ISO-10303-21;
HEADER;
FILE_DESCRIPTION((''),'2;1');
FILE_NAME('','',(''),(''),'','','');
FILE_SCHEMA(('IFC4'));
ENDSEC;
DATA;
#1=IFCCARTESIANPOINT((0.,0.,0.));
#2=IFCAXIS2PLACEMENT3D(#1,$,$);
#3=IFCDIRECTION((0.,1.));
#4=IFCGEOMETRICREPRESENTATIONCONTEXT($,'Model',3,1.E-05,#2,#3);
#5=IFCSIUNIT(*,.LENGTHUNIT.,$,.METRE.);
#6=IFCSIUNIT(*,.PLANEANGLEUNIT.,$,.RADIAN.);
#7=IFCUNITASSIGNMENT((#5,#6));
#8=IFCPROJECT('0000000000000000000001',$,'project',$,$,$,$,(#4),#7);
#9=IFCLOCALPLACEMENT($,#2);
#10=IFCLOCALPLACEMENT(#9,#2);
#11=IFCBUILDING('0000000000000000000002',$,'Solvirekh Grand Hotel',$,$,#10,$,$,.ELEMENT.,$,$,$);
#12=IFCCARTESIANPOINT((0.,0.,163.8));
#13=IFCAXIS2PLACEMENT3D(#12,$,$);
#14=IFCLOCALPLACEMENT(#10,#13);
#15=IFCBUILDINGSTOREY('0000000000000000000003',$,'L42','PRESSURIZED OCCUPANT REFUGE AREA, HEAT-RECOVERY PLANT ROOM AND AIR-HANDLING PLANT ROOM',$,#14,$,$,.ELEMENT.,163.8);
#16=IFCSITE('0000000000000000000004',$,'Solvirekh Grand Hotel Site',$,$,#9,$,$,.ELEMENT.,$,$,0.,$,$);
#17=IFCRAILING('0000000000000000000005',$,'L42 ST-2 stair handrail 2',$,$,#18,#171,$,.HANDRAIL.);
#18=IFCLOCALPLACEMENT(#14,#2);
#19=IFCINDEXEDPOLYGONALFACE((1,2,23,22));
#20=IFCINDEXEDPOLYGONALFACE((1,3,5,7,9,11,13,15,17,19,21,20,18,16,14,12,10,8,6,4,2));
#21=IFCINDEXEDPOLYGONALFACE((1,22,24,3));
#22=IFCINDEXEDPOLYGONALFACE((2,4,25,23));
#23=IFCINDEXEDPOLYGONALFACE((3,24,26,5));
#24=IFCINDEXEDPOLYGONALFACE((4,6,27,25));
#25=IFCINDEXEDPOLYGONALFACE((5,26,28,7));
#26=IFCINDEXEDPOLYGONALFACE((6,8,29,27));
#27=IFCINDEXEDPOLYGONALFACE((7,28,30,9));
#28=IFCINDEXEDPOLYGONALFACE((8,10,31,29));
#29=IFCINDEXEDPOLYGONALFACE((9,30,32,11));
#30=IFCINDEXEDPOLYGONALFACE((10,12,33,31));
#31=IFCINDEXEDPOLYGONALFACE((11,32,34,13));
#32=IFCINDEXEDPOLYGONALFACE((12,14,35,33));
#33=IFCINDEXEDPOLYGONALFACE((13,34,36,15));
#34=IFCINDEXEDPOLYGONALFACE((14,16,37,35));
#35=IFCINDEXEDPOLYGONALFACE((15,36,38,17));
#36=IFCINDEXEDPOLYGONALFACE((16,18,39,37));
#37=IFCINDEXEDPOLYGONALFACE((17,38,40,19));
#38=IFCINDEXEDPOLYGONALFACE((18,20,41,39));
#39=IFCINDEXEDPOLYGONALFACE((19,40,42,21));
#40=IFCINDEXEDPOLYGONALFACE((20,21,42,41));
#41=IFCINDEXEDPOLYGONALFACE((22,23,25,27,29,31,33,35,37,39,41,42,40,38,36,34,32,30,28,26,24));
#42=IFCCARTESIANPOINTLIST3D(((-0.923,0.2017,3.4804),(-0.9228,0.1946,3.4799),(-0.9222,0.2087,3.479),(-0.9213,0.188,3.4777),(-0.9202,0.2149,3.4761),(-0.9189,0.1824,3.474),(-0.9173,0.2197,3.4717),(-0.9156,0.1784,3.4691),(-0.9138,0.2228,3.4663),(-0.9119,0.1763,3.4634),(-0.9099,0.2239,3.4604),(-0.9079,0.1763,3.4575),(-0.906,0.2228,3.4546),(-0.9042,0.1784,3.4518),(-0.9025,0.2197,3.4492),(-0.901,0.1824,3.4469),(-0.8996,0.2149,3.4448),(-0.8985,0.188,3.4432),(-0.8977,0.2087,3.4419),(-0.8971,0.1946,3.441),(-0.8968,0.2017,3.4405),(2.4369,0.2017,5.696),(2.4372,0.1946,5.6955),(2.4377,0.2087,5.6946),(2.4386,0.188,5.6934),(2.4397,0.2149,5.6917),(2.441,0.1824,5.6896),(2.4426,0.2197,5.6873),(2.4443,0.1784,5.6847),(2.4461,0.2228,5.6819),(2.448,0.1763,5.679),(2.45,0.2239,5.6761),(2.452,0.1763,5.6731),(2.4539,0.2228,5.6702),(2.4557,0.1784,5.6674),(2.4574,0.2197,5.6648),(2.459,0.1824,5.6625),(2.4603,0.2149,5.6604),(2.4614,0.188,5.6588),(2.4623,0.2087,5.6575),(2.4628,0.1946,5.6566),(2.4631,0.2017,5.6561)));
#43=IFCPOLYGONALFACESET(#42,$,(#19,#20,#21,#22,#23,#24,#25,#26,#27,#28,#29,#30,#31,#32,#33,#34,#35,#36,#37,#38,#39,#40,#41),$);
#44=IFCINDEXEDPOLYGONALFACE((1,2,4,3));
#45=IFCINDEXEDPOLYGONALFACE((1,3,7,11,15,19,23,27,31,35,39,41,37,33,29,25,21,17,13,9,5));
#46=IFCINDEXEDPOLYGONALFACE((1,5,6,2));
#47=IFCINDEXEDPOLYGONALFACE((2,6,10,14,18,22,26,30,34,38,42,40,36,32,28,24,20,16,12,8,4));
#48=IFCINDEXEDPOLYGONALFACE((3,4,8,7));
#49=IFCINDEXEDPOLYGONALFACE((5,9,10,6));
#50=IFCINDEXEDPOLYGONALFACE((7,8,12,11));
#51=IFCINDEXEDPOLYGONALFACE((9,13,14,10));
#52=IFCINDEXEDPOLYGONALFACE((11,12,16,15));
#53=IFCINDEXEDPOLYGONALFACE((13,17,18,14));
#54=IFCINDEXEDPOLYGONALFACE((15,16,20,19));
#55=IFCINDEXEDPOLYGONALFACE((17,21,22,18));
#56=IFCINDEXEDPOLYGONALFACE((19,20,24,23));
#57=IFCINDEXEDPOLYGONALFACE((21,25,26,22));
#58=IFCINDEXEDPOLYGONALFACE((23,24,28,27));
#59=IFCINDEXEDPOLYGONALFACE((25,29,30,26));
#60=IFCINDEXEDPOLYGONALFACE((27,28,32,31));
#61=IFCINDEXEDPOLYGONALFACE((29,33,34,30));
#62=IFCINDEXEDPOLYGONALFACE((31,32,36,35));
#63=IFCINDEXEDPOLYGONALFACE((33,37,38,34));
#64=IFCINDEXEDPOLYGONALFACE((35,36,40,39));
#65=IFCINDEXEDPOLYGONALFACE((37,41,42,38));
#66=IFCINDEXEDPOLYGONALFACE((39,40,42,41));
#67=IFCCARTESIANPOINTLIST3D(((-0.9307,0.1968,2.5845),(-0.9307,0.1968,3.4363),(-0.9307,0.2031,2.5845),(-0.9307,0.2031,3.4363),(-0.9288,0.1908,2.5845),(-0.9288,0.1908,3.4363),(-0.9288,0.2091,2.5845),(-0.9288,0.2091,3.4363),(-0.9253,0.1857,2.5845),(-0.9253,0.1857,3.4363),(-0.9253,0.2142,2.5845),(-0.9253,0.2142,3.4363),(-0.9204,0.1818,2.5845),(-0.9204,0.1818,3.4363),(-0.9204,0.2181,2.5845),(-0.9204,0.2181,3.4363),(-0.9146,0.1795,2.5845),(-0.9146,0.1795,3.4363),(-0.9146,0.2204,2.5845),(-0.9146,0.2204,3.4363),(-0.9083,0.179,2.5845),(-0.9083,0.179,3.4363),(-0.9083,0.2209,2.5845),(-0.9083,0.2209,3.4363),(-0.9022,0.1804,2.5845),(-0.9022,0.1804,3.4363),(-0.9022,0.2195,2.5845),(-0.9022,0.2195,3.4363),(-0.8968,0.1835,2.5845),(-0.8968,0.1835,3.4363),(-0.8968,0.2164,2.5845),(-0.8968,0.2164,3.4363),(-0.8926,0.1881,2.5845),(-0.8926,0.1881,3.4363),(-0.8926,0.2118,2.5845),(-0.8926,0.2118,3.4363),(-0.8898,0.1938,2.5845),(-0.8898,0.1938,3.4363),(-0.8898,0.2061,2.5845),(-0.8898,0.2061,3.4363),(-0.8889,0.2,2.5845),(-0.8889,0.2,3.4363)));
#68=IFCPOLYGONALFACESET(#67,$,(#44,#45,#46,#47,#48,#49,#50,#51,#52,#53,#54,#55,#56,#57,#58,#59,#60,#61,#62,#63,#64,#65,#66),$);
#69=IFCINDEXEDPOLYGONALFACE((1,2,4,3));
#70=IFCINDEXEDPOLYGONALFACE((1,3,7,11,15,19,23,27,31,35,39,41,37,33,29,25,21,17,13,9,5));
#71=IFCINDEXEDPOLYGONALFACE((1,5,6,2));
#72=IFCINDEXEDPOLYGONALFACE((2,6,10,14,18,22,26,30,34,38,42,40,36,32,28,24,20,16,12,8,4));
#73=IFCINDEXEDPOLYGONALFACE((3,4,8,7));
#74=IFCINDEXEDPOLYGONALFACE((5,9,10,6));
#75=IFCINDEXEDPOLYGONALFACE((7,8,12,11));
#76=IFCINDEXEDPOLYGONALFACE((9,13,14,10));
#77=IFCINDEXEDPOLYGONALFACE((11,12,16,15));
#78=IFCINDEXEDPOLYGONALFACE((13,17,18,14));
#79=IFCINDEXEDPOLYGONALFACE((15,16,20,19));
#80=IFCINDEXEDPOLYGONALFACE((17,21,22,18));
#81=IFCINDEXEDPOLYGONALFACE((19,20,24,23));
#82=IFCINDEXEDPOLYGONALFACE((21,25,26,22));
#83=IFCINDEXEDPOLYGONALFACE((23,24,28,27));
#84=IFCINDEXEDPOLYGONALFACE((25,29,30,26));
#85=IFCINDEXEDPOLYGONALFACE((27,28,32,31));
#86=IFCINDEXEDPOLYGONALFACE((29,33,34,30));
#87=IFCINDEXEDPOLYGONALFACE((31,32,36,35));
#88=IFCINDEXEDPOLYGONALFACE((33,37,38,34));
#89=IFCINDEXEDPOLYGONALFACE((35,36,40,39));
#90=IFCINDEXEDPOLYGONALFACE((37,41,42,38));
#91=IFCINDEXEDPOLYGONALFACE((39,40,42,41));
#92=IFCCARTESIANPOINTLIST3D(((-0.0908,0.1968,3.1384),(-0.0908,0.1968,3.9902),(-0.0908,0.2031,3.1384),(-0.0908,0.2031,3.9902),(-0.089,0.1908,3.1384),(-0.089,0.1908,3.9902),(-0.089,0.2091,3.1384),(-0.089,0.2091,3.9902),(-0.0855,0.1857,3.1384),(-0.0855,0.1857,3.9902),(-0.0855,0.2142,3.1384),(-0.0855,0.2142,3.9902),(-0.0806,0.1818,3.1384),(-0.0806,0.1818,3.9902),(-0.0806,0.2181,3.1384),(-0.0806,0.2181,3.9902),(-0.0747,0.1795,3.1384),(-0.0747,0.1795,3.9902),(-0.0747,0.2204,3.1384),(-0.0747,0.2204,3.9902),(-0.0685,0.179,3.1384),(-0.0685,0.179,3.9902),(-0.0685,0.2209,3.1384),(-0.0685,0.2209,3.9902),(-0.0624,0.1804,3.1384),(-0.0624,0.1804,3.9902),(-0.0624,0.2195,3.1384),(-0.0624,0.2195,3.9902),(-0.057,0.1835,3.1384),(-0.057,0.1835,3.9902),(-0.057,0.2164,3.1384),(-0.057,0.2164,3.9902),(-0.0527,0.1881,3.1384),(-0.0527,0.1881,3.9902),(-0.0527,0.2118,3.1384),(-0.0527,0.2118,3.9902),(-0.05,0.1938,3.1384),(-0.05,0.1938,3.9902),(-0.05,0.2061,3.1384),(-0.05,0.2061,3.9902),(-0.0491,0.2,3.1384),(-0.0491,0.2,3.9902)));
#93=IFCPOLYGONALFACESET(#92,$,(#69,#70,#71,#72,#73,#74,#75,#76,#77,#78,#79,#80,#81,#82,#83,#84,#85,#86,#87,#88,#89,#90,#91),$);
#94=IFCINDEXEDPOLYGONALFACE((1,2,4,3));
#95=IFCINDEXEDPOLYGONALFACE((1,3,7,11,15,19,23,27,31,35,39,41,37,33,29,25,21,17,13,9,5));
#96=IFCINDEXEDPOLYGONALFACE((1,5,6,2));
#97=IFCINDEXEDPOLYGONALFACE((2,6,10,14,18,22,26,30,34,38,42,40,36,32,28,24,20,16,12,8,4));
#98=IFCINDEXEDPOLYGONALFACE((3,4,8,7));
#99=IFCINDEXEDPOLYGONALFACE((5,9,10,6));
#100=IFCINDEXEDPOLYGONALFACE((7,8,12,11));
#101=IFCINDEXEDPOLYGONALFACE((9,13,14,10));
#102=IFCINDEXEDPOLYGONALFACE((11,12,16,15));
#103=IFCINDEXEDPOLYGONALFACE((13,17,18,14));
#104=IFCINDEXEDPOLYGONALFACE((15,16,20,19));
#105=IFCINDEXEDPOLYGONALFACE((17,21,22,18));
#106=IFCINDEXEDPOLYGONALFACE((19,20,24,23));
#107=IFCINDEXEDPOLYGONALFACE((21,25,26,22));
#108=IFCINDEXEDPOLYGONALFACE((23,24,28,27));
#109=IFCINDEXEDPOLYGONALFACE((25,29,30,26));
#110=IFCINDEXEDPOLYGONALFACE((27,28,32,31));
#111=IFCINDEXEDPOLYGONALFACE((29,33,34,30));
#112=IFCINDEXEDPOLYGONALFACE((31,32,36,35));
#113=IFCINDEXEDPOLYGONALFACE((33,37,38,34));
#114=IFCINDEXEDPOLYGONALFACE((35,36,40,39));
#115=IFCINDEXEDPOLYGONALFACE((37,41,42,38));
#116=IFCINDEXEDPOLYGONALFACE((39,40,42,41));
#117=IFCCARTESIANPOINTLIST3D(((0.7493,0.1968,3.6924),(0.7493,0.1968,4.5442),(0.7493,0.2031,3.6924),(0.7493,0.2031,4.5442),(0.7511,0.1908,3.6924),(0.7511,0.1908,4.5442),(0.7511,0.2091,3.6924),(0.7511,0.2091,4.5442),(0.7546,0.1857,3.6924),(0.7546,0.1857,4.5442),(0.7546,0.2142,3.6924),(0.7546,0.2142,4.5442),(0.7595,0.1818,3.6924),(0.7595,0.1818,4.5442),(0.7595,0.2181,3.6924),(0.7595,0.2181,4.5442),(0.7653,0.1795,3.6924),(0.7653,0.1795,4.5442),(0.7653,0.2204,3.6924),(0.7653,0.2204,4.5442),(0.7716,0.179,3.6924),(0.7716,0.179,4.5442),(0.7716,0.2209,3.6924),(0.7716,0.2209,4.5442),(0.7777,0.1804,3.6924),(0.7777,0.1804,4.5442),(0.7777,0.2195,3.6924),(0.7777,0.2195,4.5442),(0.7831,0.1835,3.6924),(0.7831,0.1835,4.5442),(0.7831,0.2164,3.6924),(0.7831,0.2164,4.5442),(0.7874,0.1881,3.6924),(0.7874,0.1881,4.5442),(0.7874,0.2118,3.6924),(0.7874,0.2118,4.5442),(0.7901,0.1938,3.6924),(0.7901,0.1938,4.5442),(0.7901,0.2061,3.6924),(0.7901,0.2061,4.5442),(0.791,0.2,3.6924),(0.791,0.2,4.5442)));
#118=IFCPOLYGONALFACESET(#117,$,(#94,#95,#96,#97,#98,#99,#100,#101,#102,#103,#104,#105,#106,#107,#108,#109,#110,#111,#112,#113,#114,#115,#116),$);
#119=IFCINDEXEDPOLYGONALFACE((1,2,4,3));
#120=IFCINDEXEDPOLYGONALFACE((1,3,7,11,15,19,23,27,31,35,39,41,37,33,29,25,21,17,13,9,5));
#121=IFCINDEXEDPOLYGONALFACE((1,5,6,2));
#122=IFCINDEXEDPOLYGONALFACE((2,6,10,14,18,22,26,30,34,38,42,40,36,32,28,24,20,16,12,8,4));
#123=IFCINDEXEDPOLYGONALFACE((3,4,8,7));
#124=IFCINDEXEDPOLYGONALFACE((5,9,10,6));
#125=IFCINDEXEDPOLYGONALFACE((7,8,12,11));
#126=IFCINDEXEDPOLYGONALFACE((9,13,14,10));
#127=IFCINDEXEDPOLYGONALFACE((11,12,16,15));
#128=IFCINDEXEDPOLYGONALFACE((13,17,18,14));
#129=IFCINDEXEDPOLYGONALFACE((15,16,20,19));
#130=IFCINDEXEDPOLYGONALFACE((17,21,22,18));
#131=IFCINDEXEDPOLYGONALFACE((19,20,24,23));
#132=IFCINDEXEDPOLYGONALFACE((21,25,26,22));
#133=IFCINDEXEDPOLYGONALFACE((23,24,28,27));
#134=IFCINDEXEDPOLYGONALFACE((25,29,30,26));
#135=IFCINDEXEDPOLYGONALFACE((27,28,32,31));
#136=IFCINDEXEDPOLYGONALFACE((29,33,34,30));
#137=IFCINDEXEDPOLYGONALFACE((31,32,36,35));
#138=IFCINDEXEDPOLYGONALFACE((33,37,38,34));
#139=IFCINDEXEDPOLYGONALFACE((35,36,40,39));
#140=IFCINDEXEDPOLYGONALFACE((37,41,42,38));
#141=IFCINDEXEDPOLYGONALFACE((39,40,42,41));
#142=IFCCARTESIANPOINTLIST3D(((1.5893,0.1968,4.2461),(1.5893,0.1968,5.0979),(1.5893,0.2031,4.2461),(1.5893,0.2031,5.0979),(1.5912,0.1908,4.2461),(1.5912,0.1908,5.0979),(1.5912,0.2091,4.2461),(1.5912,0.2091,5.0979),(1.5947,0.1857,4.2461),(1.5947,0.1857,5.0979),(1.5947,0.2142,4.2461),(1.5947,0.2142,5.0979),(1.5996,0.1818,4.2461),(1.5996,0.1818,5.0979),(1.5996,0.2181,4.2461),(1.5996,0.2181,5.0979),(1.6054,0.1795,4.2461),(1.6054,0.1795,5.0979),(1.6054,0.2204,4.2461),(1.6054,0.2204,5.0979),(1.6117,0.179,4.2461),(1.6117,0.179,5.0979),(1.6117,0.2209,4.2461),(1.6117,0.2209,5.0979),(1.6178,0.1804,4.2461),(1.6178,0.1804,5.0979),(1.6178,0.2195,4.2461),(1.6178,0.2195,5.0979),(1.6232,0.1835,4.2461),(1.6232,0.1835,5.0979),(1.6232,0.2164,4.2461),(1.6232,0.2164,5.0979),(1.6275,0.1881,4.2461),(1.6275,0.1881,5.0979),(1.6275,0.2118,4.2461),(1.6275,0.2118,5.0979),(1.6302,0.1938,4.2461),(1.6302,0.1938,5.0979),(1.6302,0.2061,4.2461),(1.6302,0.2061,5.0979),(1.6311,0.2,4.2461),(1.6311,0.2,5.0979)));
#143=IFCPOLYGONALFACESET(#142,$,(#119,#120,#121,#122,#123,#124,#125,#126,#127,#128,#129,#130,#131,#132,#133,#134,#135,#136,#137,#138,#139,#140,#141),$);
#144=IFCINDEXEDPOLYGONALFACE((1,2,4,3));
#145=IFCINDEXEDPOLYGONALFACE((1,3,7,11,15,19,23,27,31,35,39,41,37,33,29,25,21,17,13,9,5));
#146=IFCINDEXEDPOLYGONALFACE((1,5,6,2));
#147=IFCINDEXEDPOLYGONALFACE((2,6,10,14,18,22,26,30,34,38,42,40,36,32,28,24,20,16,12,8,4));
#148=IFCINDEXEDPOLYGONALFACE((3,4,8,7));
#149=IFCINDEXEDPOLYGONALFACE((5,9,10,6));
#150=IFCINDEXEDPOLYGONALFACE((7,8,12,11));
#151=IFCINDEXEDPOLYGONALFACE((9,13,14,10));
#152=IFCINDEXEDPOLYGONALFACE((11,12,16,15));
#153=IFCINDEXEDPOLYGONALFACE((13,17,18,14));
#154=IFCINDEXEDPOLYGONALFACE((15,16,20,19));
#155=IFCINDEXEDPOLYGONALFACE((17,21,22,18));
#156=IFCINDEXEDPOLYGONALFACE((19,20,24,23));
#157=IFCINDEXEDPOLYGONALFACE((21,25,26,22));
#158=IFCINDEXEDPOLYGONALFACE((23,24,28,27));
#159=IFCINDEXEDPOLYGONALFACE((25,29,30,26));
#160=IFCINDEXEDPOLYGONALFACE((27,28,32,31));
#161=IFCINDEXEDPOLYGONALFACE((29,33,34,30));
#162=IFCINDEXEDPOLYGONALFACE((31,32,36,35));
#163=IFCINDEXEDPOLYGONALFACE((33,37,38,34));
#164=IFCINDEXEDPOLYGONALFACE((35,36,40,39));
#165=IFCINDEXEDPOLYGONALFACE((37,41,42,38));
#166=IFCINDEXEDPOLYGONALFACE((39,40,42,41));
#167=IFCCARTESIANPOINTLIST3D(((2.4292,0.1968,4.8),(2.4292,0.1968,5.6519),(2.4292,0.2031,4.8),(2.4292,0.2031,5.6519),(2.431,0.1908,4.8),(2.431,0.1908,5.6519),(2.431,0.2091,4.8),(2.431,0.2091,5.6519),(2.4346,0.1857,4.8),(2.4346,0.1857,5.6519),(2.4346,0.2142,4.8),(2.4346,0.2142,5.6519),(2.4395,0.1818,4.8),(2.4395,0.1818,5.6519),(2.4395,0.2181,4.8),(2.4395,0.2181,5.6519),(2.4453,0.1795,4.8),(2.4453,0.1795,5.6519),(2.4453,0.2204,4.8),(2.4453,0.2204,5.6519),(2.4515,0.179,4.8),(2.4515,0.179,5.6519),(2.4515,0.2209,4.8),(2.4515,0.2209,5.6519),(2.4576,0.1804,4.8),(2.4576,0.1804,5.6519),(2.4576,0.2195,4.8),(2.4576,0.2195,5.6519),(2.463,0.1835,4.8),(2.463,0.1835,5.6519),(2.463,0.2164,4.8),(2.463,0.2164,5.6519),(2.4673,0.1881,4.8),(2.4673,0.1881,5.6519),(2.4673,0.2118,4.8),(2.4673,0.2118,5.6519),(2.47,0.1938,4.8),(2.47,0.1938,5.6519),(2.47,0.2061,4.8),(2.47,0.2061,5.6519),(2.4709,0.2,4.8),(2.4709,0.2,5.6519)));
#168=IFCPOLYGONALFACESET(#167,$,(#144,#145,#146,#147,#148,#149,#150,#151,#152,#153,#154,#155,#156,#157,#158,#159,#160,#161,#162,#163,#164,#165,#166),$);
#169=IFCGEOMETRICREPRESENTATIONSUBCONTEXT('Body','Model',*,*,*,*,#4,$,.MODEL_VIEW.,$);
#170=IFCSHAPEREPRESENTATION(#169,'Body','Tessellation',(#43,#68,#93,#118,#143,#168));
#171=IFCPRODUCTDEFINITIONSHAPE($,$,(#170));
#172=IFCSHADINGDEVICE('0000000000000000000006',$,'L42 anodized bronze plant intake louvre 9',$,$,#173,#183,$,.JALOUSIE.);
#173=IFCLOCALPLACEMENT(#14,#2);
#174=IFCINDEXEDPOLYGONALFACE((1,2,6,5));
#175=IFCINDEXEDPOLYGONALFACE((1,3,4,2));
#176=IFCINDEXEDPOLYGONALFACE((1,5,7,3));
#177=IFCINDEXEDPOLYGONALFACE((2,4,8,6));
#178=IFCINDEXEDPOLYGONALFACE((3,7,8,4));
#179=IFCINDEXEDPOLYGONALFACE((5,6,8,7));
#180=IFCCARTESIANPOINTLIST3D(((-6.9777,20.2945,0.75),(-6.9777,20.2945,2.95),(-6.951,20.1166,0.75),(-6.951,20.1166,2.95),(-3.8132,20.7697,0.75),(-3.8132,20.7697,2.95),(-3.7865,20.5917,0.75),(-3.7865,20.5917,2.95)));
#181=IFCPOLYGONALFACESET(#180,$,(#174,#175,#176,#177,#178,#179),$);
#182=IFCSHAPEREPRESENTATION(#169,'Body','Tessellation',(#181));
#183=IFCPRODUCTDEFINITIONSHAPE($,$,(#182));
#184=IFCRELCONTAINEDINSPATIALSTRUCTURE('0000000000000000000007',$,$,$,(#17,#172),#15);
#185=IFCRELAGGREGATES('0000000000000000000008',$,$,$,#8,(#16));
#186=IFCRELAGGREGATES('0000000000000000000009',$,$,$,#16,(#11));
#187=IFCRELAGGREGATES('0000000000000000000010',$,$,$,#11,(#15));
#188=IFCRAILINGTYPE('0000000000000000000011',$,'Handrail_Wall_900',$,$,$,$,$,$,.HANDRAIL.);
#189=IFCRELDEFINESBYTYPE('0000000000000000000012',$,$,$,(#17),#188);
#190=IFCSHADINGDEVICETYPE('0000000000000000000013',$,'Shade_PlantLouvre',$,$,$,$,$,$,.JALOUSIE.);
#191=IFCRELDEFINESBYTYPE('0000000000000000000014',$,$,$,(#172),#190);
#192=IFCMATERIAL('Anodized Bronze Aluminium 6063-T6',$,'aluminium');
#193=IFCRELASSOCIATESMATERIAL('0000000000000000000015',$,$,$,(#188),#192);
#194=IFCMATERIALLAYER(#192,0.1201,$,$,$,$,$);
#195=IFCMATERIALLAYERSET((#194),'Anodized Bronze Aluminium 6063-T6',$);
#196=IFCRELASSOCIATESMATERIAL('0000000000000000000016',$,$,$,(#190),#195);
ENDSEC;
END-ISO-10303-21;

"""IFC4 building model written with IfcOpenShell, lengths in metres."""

from ifc_helpers import new_model, si_unit, direction, frame, origin, origin_2d, place, context, subcontext, project, spatial, rectangle, circle, extrude, material, layer, layer_set, type_object, element, save


model = new_model("IFC4")

# Units and contexts
model_context = context("Model", 3, precision=1e-05, world=origin(), true_north=direction((0.0, 1.0)))
body_context = subcontext(model_context, "Body", "Model", "MODEL_VIEW")
ifc_project = project(units=[si_unit("LENGTHUNIT", "METRE"), si_unit("PLANEANGLEUNIT", "RADIAN")], contexts=[model_context])

# Site, building, storey
site_placement = place(None, origin())
site = spatial("IfcSite", under=ifc_project, at=site_placement, Name="Solvirekh Grand Hotel Site", CompositionType="ELEMENT", RefElevation=0.0)
building_placement = place(site_placement, origin())
building = spatial("IfcBuilding", under=site, at=building_placement, Name="Solvirekh Grand Hotel", CompositionType="ELEMENT")
storey_placement = place(building_placement, frame((0.0, 0.0, 163.8)))
storey = spatial("IfcBuildingStorey", under=building, at=storey_placement, Name="L42", Description="PRESSURIZED OCCUPANT REFUGE AREA, HEAT-RECOVERY PLANT ROOM AND AIR-HANDLING PLANT ROOM", CompositionType="ELEMENT", Elevation=163.8)

# Shared definitions
ifc_material_1 = material(Name="Anodized Bronze Aluminium 6063-T6", Category="aluminium")

# Railing
railing_type_1 = type_object("IfcRailingType", Name="Handrail_Wall_900", PredefinedType="HANDRAIL", material=ifc_material_1)
railing_1_placement = place(storey_placement, frame((-0.9099, 0.2, 2.5845)))
element("IfcRailing", 1, at=railing_1_placement, inside=storey, type_object=railing_type_1, Name="L42 ST-2 stair handrail 2", PredefinedType="HANDRAIL", context=body_context, shape_type="SweptSolid", body=[
    extrude(circle(Radius=0.0239, at=origin_2d()), frame((0.0, 0.0, 0.876), z_axis=(0.83483, 0.0, 0.550508), x_axis=(0.0, 1.0, 0.0)), (0.0, 0.0, 1.0), 4.0247),
    extrude(circle(Radius=0.021, at=origin_2d()), origin(), (0.0, 0.0, 1.0), 0.8518),
    extrude(circle(Radius=0.021, at=origin_2d()), frame((0.8398, 0.0, 0.554)), (0.0, 0.0, 1.0), 0.8518),
    extrude(circle(Radius=0.021, at=origin_2d()), frame((1.6799, 0.0, 1.1079)), (0.0, 0.0, 1.0), 0.8518),
    extrude(circle(Radius=0.021, at=origin_2d()), frame((2.52, 0.0, 1.6616)), (0.0, 0.0, 1.0), 0.8518),
    extrude(circle(Radius=0.021, at=origin_2d()), frame((3.3599, 0.0, 2.2156)), (0.0, 0.0, 1.0), 0.8518),
])

# Shading device
ifc_layer_1 = layer(ifc_material_1, 0.1201)
ifc_layer_set_1 = layer_set([ifc_layer_1], Name="Anodized Bronze Aluminium 6063-T6")
shading_device_type = type_object("IfcShadingDeviceType", Name="Shade_PlantLouvre", PredefinedType="JALOUSIE", material=ifc_layer_set_1)
shading_device_placement = place(storey_placement, frame((-5.3821, 20.4431, 0.75), z_axis=(0.0, 0.0, 1.0), x_axis=(0.988912, 0.1485, 0.0)))
element("IfcShadingDevice", 2, at=shading_device_placement, inside=storey, type_object=shading_device_type, Name="L42 anodized bronze plant intake louvre 9", PredefinedType="JALOUSIE", context=body_context, shape_type="SweptSolid", body=[
    extrude(rectangle(XDim=3.2, YDim=0.1799, at=origin_2d()), origin(), (0.0, 0.0, 1.0), 2.2),
])

save(model, "model.ifc")
